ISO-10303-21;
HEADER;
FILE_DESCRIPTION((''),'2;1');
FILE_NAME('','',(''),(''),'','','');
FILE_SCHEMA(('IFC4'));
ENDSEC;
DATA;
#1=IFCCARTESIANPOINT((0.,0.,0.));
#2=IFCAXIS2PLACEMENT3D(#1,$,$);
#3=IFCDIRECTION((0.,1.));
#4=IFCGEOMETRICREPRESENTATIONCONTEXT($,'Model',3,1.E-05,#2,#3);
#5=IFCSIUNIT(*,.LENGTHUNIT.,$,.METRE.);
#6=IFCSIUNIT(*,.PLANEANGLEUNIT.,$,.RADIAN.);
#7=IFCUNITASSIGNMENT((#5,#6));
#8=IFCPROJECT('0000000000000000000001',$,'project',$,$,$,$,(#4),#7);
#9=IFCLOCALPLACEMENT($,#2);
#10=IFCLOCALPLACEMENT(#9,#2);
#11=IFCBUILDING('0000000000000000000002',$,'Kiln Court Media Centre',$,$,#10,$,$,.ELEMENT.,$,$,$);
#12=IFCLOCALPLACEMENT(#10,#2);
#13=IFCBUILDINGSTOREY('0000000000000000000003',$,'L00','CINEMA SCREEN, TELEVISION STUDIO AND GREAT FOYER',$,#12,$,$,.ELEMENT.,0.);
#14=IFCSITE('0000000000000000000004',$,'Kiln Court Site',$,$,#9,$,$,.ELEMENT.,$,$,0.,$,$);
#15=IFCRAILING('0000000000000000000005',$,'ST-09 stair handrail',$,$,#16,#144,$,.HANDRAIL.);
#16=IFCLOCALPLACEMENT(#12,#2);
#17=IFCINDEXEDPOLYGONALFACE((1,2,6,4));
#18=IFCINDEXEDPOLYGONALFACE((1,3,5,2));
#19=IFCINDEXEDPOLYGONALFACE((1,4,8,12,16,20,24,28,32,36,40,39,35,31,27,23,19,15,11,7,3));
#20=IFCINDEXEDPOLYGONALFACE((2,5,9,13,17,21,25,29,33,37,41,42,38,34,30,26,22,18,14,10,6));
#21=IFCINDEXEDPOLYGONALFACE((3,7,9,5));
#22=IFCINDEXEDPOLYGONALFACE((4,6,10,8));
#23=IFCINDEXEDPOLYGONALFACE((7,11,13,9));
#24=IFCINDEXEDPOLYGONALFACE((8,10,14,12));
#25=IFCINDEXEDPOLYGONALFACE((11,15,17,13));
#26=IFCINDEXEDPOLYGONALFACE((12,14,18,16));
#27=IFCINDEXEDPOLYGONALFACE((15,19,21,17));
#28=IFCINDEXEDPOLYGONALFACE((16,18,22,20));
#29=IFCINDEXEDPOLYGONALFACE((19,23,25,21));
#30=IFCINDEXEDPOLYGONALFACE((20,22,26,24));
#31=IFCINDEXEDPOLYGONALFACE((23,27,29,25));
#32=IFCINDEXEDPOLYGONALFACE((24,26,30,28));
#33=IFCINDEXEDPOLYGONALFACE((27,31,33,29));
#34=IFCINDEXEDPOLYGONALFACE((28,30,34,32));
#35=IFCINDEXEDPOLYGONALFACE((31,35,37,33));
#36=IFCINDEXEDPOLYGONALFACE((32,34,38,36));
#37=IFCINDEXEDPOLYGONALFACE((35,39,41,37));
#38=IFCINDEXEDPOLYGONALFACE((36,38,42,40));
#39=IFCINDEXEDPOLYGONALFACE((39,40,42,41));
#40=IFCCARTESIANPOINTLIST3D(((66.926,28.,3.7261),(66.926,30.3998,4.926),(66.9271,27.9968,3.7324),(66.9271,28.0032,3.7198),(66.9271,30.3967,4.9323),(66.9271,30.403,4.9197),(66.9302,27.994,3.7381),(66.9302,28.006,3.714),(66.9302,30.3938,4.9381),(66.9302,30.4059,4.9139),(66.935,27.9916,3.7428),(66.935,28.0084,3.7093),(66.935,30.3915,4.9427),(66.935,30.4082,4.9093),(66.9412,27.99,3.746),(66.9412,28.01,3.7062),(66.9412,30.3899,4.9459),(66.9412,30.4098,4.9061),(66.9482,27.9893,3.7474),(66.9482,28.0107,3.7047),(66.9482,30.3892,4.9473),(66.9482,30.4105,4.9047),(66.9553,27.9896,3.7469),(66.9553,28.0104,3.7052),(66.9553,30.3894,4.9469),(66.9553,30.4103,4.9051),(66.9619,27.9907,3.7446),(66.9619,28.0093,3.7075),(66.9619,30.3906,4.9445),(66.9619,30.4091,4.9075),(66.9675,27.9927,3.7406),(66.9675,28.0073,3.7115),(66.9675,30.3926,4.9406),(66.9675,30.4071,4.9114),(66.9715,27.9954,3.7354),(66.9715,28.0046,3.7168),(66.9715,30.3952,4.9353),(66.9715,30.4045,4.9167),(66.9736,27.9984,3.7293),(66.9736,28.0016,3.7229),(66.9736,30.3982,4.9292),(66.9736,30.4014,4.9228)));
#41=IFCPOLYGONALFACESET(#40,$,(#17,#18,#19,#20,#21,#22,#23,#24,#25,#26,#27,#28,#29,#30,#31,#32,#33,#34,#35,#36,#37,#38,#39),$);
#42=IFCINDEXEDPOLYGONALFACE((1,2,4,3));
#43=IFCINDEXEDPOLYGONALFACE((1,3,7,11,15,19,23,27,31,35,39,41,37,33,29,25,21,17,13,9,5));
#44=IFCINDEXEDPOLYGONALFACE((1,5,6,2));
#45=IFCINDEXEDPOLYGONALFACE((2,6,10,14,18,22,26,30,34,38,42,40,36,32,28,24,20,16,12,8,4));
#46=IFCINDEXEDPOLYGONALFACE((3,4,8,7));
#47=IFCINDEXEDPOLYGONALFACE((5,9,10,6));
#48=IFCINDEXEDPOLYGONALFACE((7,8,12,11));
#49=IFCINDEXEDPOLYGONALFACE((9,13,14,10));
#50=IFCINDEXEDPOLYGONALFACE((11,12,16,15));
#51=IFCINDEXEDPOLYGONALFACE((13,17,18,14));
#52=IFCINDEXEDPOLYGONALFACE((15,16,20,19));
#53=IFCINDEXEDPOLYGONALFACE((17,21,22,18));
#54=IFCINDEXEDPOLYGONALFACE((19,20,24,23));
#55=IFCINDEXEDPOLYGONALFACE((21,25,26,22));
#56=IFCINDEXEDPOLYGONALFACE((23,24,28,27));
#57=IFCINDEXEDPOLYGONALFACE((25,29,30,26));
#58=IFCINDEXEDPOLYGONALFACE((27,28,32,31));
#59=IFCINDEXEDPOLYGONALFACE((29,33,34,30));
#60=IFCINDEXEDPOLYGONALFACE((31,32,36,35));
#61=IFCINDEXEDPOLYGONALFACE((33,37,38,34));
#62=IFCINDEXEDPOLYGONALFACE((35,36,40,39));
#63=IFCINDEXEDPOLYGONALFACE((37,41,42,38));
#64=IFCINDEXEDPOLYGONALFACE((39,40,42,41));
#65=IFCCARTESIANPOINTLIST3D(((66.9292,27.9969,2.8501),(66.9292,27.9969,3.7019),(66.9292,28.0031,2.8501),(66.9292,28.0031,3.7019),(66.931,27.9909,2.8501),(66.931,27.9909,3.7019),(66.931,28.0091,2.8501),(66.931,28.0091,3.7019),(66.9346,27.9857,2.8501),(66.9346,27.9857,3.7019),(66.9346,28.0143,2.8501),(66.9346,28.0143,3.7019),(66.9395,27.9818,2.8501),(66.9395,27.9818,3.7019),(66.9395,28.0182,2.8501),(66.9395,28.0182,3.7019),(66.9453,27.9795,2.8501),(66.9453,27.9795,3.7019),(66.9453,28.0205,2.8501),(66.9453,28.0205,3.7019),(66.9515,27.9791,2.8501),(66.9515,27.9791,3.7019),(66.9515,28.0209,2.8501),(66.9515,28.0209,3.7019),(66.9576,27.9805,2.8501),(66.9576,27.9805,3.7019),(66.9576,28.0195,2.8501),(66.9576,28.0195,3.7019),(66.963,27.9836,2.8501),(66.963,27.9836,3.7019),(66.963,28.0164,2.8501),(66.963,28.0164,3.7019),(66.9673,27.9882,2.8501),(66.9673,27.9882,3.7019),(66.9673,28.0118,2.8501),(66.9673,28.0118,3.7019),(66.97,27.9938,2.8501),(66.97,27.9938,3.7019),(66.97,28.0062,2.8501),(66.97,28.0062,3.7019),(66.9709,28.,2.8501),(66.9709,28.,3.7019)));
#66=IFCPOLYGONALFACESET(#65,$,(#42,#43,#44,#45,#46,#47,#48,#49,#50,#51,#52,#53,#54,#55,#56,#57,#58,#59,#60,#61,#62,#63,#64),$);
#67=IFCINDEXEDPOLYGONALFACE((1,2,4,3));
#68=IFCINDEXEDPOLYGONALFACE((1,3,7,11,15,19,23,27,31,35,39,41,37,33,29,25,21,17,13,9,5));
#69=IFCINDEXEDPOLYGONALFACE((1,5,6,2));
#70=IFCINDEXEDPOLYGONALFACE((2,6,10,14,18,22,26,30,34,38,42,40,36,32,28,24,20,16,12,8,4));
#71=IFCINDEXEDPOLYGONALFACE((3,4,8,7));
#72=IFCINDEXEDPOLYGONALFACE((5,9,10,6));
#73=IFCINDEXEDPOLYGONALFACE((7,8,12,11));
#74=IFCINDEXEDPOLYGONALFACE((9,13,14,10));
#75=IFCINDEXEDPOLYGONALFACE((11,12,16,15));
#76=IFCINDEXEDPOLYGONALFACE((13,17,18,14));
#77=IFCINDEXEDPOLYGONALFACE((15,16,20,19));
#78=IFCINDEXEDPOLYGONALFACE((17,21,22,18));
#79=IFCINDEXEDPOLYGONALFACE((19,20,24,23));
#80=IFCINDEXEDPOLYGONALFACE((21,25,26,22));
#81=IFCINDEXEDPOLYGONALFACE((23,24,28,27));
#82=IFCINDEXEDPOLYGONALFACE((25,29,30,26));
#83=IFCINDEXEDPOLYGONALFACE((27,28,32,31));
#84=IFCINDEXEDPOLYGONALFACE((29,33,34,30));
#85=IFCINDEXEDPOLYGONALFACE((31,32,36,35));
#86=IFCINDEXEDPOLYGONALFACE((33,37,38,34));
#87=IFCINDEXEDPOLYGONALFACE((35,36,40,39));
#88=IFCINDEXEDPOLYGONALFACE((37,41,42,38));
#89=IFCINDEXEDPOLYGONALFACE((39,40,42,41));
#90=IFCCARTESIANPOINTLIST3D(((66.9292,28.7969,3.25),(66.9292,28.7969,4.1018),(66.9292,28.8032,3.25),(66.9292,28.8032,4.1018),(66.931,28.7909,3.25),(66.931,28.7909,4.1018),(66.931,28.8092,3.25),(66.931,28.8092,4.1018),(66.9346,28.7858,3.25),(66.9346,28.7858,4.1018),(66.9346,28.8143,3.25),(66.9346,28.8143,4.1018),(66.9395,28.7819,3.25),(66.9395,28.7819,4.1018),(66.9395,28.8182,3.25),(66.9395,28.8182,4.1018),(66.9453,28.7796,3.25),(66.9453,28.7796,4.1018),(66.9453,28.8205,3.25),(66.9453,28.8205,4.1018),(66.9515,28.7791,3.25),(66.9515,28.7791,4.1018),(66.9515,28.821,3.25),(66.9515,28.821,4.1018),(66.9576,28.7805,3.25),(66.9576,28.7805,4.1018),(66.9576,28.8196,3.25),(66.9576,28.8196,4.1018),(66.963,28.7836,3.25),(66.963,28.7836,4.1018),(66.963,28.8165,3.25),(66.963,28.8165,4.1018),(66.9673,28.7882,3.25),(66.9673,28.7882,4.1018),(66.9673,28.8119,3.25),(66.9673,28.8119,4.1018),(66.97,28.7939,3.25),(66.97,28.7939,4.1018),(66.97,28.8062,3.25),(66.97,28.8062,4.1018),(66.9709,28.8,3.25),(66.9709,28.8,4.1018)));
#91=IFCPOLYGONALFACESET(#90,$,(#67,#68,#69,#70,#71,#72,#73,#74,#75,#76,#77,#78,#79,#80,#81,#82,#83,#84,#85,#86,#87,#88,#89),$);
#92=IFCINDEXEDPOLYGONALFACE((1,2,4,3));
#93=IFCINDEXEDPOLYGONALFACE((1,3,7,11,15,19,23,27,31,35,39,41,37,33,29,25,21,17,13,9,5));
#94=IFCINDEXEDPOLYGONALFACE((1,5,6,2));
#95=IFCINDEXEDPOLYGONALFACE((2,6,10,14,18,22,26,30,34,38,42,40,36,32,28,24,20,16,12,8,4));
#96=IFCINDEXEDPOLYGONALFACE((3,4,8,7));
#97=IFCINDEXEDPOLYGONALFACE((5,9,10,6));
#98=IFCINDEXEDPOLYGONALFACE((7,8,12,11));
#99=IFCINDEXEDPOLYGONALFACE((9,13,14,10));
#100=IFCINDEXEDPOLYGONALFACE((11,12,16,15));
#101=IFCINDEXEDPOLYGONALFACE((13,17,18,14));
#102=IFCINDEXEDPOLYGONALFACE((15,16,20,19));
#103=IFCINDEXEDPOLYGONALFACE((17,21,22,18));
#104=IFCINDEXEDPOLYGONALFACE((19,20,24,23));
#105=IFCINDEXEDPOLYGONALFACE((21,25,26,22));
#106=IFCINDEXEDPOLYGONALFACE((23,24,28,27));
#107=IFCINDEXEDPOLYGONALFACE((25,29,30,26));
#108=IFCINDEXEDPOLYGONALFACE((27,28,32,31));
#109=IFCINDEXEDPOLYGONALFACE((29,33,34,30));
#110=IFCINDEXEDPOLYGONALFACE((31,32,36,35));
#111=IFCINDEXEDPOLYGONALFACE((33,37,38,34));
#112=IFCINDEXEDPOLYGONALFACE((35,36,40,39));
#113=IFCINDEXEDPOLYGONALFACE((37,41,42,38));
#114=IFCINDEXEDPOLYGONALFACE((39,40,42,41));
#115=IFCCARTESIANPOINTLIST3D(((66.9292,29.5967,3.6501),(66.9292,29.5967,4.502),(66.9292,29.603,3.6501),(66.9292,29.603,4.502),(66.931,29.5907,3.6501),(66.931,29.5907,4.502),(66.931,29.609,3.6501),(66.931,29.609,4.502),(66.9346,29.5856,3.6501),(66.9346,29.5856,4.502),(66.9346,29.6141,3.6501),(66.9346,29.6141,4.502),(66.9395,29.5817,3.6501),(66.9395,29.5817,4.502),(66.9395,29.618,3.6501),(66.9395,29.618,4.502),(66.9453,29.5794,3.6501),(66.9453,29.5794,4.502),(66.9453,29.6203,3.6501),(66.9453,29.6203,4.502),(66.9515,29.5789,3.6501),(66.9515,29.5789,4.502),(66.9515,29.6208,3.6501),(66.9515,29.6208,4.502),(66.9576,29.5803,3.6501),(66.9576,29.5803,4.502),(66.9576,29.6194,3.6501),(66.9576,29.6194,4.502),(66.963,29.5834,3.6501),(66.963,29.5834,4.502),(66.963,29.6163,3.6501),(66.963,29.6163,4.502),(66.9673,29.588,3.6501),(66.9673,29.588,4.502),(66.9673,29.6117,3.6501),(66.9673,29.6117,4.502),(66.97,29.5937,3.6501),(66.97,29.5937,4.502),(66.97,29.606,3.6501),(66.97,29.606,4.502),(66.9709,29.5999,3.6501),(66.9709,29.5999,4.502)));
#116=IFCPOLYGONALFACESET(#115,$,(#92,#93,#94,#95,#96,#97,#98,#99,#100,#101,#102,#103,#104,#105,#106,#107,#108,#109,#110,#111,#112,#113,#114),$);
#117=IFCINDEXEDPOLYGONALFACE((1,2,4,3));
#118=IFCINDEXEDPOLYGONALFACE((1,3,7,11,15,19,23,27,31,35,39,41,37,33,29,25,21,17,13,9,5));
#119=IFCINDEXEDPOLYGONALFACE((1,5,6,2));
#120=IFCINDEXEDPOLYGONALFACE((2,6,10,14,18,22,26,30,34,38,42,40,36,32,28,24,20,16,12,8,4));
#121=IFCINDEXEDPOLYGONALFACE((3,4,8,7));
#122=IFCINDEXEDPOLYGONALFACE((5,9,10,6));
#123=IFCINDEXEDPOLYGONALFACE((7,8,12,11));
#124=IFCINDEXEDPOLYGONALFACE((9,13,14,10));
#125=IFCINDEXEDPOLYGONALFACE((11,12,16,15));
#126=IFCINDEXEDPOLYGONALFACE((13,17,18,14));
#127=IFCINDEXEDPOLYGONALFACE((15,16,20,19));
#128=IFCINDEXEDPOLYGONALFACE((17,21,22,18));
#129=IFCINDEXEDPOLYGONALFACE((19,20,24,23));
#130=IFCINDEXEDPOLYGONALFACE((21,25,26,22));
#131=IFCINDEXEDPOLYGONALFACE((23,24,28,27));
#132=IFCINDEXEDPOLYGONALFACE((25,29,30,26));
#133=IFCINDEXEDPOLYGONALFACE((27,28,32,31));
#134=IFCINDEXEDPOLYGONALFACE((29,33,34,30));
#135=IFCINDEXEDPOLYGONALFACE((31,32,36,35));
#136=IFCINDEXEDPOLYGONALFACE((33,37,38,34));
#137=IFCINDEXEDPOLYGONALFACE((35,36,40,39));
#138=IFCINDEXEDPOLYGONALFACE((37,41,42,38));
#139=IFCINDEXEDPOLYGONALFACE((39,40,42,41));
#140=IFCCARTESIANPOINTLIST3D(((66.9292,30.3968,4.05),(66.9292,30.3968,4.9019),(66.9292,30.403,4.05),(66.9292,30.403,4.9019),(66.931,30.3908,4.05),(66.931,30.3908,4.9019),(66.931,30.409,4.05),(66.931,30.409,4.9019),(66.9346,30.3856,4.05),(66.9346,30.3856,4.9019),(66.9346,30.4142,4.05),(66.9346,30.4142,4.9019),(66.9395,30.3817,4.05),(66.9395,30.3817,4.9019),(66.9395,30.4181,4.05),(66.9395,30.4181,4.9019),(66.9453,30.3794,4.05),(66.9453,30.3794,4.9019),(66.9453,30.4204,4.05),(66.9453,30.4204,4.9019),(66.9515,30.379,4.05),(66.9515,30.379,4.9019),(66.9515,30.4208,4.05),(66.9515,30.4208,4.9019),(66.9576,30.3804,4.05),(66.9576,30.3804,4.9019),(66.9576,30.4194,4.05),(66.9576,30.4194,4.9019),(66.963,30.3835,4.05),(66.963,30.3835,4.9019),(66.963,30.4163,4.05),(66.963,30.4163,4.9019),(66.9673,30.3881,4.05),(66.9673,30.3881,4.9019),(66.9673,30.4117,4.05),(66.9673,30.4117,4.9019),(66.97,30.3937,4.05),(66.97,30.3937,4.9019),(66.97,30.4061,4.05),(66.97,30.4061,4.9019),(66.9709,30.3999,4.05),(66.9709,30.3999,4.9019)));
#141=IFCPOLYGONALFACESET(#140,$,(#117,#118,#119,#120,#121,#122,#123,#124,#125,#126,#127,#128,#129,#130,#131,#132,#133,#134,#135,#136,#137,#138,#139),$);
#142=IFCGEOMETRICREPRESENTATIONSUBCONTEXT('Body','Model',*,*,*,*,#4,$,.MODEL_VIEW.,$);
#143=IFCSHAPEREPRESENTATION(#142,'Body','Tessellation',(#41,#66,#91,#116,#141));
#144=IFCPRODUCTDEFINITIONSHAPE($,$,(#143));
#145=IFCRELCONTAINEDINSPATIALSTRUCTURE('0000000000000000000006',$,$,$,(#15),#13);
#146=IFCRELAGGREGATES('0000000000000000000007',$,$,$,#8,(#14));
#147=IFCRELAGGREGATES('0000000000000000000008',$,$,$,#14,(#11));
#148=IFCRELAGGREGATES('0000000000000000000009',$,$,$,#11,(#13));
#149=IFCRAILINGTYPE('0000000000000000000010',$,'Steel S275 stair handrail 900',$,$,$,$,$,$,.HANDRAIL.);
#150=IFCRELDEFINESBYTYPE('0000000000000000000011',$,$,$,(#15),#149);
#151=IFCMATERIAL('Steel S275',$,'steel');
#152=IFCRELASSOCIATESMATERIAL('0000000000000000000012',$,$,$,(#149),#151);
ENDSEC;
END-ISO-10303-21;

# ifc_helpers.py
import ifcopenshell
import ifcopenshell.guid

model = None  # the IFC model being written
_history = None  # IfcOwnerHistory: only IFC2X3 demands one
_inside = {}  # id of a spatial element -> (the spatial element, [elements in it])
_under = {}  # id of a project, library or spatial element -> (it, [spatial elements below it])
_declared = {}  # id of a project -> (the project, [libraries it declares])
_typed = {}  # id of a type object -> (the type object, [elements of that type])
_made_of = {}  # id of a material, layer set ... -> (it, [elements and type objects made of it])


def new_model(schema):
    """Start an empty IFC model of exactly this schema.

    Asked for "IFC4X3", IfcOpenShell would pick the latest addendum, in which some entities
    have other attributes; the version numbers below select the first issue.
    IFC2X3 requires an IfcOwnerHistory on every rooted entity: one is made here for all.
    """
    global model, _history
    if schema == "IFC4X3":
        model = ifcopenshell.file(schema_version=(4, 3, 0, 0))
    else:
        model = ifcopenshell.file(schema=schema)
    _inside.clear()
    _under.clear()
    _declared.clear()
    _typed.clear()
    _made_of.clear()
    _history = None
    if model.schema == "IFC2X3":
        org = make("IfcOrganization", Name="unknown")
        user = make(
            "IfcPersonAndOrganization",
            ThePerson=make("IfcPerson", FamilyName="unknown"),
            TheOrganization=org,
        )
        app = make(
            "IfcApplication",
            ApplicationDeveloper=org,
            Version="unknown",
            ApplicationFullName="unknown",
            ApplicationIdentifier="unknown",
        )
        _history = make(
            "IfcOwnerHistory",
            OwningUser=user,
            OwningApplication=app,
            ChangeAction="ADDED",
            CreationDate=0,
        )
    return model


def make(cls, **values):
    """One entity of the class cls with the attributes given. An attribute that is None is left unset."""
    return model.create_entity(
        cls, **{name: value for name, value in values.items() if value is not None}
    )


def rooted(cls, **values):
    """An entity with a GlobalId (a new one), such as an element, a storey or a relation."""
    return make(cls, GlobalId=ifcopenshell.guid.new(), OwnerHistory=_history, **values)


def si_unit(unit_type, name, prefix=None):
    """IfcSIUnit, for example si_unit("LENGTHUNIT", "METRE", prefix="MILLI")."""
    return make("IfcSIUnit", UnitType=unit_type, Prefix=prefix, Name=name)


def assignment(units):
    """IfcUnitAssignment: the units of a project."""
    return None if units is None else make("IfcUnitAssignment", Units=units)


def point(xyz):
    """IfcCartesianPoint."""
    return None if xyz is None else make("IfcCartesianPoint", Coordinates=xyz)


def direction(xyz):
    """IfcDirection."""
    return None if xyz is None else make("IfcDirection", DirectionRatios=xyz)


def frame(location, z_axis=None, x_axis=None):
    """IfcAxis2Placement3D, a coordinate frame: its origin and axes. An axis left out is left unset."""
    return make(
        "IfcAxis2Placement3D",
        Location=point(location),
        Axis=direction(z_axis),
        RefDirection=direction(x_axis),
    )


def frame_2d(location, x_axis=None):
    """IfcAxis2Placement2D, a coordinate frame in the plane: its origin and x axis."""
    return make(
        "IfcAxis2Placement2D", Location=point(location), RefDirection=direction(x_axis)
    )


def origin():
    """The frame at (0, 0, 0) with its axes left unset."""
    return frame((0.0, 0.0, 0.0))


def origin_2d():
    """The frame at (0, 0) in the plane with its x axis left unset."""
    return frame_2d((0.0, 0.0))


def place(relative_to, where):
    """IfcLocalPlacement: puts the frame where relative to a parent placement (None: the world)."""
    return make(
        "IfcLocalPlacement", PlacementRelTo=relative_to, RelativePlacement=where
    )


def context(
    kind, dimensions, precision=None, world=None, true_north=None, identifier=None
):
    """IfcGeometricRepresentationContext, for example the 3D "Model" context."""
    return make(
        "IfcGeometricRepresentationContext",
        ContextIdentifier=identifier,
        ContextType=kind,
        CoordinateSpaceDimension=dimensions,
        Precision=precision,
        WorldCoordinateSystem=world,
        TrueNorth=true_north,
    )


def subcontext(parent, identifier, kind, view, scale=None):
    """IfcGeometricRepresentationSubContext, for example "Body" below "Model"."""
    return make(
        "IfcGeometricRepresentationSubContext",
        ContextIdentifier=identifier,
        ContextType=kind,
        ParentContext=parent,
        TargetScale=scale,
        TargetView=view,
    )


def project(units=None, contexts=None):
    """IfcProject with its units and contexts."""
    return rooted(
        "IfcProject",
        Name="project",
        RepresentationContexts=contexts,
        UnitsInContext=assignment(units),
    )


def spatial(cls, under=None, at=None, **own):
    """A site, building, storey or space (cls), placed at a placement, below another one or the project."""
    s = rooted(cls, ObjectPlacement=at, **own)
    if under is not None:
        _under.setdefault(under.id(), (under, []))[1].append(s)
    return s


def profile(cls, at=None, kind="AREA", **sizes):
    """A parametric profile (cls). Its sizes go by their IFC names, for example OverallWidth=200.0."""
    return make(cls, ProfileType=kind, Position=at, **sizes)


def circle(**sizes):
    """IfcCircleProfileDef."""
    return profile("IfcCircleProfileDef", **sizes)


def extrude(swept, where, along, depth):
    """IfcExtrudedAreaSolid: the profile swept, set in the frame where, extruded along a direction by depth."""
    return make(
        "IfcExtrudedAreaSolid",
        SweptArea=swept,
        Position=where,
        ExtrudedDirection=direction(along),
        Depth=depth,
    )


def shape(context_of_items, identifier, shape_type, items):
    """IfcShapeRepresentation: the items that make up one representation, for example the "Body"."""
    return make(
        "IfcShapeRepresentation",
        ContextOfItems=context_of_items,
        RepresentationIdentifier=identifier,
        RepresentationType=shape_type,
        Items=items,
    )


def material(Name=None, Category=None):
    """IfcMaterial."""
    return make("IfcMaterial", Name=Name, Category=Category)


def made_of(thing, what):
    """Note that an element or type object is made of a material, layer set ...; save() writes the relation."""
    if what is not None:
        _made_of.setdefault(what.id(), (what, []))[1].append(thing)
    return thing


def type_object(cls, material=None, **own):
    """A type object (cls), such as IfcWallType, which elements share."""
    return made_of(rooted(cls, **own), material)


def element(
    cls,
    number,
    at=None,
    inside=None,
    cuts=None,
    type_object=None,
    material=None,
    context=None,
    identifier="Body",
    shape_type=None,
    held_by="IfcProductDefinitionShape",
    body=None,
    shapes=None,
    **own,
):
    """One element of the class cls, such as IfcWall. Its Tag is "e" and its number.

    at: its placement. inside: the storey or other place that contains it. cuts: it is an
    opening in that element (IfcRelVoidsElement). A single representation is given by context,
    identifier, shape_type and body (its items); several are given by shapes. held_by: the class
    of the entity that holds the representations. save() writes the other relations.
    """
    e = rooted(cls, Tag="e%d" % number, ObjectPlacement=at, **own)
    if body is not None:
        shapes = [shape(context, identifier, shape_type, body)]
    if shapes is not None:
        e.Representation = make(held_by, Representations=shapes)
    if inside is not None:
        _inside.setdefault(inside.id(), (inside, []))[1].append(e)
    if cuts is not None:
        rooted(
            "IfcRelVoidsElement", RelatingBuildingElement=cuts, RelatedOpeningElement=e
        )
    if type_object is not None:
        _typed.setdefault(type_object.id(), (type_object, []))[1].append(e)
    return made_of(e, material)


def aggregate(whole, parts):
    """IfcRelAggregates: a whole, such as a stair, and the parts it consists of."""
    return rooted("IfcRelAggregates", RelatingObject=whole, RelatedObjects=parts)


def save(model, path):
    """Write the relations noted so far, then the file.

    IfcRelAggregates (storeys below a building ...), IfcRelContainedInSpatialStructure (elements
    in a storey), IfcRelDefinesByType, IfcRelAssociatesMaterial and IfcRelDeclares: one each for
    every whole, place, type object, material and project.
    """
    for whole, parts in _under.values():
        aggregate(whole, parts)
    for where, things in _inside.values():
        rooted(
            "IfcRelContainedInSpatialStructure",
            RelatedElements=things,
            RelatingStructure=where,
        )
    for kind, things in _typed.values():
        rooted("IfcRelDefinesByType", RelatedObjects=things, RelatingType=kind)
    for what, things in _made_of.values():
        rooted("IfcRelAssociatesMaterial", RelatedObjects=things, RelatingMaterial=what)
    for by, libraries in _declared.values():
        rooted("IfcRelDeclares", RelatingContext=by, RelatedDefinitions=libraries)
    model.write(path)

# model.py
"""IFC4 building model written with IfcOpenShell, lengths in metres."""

from ifc_helpers import new_model, si_unit, direction, frame, origin, origin_2d, place, context, subcontext, project, spatial, circle, extrude, material, type_object, element, save


model = new_model("IFC4")

# Units and contexts
model_context = context("Model", 3, precision=1e-05, world=origin(), true_north=direction((0.0, 1.0)))
body_context = subcontext(model_context, "Body", "Model", "MODEL_VIEW")
ifc_project = project(units=[si_unit("LENGTHUNIT", "METRE"), si_unit("PLANEANGLEUNIT", "RADIAN")], contexts=[model_context])

# Site, building, storey
site_placement = place(None, origin())
site = spatial("IfcSite", under=ifc_project, at=site_placement, Name="Kiln Court Site", CompositionType="ELEMENT", RefElevation=0.0)
building_placement = place(site_placement, origin())
building = spatial("IfcBuilding", under=site, at=building_placement, Name="Kiln Court Media Centre", CompositionType="ELEMENT")
storey_placement = place(building_placement, origin())
storey = spatial("IfcBuildingStorey", under=building, at=storey_placement, Name="L00", Description="CINEMA SCREEN, TELEVISION STUDIO AND GREAT FOYER", CompositionType="ELEMENT", Elevation=0.0)

# Railing
ifc_material_1 = material(Name="Steel S275", Category="steel")
railing_type_1 = type_object("IfcRailingType", Name="Steel S275 stair handrail 900", PredefinedType="HANDRAIL", material=ifc_material_1)
railing_1_placement = place(storey_placement, frame((66.95, 28.0, 2.8501)))
element("IfcRailing", 1, at=railing_1_placement, inside=storey, type_object=railing_type_1, Name="ST-09 stair handrail", PredefinedType="HANDRAIL", context=body_context, shape_type="SweptSolid", body=[
    extrude(circle(Radius=0.0239, at=origin_2d()), frame((0.0, 0.0, 0.876), z_axis=(0.0, 0.894427, 0.447214), x_axis=(-1.0, 0.0, 0.0)), (0.0, 0.0, 1.0), 2.6831),
    extrude(circle(Radius=0.021, at=origin_2d()), origin(), (0.0, 0.0, 1.0), 0.8518),
    extrude(circle(Radius=0.021, at=origin_2d()), frame((0.0, 0.8, 0.3999)), (0.0, 0.0, 1.0), 0.8518),
    extrude(circle(Radius=0.021, at=origin_2d()), frame((0.0, 1.5999, 0.8)), (0.0, 0.0, 1.0), 0.8518),
    extrude(circle(Radius=0.021, at=origin_2d()), frame((0.0, 2.3999, 1.2)), (0.0, 0.0, 1.0), 0.8518),
])

save(model, "model.ifc")
